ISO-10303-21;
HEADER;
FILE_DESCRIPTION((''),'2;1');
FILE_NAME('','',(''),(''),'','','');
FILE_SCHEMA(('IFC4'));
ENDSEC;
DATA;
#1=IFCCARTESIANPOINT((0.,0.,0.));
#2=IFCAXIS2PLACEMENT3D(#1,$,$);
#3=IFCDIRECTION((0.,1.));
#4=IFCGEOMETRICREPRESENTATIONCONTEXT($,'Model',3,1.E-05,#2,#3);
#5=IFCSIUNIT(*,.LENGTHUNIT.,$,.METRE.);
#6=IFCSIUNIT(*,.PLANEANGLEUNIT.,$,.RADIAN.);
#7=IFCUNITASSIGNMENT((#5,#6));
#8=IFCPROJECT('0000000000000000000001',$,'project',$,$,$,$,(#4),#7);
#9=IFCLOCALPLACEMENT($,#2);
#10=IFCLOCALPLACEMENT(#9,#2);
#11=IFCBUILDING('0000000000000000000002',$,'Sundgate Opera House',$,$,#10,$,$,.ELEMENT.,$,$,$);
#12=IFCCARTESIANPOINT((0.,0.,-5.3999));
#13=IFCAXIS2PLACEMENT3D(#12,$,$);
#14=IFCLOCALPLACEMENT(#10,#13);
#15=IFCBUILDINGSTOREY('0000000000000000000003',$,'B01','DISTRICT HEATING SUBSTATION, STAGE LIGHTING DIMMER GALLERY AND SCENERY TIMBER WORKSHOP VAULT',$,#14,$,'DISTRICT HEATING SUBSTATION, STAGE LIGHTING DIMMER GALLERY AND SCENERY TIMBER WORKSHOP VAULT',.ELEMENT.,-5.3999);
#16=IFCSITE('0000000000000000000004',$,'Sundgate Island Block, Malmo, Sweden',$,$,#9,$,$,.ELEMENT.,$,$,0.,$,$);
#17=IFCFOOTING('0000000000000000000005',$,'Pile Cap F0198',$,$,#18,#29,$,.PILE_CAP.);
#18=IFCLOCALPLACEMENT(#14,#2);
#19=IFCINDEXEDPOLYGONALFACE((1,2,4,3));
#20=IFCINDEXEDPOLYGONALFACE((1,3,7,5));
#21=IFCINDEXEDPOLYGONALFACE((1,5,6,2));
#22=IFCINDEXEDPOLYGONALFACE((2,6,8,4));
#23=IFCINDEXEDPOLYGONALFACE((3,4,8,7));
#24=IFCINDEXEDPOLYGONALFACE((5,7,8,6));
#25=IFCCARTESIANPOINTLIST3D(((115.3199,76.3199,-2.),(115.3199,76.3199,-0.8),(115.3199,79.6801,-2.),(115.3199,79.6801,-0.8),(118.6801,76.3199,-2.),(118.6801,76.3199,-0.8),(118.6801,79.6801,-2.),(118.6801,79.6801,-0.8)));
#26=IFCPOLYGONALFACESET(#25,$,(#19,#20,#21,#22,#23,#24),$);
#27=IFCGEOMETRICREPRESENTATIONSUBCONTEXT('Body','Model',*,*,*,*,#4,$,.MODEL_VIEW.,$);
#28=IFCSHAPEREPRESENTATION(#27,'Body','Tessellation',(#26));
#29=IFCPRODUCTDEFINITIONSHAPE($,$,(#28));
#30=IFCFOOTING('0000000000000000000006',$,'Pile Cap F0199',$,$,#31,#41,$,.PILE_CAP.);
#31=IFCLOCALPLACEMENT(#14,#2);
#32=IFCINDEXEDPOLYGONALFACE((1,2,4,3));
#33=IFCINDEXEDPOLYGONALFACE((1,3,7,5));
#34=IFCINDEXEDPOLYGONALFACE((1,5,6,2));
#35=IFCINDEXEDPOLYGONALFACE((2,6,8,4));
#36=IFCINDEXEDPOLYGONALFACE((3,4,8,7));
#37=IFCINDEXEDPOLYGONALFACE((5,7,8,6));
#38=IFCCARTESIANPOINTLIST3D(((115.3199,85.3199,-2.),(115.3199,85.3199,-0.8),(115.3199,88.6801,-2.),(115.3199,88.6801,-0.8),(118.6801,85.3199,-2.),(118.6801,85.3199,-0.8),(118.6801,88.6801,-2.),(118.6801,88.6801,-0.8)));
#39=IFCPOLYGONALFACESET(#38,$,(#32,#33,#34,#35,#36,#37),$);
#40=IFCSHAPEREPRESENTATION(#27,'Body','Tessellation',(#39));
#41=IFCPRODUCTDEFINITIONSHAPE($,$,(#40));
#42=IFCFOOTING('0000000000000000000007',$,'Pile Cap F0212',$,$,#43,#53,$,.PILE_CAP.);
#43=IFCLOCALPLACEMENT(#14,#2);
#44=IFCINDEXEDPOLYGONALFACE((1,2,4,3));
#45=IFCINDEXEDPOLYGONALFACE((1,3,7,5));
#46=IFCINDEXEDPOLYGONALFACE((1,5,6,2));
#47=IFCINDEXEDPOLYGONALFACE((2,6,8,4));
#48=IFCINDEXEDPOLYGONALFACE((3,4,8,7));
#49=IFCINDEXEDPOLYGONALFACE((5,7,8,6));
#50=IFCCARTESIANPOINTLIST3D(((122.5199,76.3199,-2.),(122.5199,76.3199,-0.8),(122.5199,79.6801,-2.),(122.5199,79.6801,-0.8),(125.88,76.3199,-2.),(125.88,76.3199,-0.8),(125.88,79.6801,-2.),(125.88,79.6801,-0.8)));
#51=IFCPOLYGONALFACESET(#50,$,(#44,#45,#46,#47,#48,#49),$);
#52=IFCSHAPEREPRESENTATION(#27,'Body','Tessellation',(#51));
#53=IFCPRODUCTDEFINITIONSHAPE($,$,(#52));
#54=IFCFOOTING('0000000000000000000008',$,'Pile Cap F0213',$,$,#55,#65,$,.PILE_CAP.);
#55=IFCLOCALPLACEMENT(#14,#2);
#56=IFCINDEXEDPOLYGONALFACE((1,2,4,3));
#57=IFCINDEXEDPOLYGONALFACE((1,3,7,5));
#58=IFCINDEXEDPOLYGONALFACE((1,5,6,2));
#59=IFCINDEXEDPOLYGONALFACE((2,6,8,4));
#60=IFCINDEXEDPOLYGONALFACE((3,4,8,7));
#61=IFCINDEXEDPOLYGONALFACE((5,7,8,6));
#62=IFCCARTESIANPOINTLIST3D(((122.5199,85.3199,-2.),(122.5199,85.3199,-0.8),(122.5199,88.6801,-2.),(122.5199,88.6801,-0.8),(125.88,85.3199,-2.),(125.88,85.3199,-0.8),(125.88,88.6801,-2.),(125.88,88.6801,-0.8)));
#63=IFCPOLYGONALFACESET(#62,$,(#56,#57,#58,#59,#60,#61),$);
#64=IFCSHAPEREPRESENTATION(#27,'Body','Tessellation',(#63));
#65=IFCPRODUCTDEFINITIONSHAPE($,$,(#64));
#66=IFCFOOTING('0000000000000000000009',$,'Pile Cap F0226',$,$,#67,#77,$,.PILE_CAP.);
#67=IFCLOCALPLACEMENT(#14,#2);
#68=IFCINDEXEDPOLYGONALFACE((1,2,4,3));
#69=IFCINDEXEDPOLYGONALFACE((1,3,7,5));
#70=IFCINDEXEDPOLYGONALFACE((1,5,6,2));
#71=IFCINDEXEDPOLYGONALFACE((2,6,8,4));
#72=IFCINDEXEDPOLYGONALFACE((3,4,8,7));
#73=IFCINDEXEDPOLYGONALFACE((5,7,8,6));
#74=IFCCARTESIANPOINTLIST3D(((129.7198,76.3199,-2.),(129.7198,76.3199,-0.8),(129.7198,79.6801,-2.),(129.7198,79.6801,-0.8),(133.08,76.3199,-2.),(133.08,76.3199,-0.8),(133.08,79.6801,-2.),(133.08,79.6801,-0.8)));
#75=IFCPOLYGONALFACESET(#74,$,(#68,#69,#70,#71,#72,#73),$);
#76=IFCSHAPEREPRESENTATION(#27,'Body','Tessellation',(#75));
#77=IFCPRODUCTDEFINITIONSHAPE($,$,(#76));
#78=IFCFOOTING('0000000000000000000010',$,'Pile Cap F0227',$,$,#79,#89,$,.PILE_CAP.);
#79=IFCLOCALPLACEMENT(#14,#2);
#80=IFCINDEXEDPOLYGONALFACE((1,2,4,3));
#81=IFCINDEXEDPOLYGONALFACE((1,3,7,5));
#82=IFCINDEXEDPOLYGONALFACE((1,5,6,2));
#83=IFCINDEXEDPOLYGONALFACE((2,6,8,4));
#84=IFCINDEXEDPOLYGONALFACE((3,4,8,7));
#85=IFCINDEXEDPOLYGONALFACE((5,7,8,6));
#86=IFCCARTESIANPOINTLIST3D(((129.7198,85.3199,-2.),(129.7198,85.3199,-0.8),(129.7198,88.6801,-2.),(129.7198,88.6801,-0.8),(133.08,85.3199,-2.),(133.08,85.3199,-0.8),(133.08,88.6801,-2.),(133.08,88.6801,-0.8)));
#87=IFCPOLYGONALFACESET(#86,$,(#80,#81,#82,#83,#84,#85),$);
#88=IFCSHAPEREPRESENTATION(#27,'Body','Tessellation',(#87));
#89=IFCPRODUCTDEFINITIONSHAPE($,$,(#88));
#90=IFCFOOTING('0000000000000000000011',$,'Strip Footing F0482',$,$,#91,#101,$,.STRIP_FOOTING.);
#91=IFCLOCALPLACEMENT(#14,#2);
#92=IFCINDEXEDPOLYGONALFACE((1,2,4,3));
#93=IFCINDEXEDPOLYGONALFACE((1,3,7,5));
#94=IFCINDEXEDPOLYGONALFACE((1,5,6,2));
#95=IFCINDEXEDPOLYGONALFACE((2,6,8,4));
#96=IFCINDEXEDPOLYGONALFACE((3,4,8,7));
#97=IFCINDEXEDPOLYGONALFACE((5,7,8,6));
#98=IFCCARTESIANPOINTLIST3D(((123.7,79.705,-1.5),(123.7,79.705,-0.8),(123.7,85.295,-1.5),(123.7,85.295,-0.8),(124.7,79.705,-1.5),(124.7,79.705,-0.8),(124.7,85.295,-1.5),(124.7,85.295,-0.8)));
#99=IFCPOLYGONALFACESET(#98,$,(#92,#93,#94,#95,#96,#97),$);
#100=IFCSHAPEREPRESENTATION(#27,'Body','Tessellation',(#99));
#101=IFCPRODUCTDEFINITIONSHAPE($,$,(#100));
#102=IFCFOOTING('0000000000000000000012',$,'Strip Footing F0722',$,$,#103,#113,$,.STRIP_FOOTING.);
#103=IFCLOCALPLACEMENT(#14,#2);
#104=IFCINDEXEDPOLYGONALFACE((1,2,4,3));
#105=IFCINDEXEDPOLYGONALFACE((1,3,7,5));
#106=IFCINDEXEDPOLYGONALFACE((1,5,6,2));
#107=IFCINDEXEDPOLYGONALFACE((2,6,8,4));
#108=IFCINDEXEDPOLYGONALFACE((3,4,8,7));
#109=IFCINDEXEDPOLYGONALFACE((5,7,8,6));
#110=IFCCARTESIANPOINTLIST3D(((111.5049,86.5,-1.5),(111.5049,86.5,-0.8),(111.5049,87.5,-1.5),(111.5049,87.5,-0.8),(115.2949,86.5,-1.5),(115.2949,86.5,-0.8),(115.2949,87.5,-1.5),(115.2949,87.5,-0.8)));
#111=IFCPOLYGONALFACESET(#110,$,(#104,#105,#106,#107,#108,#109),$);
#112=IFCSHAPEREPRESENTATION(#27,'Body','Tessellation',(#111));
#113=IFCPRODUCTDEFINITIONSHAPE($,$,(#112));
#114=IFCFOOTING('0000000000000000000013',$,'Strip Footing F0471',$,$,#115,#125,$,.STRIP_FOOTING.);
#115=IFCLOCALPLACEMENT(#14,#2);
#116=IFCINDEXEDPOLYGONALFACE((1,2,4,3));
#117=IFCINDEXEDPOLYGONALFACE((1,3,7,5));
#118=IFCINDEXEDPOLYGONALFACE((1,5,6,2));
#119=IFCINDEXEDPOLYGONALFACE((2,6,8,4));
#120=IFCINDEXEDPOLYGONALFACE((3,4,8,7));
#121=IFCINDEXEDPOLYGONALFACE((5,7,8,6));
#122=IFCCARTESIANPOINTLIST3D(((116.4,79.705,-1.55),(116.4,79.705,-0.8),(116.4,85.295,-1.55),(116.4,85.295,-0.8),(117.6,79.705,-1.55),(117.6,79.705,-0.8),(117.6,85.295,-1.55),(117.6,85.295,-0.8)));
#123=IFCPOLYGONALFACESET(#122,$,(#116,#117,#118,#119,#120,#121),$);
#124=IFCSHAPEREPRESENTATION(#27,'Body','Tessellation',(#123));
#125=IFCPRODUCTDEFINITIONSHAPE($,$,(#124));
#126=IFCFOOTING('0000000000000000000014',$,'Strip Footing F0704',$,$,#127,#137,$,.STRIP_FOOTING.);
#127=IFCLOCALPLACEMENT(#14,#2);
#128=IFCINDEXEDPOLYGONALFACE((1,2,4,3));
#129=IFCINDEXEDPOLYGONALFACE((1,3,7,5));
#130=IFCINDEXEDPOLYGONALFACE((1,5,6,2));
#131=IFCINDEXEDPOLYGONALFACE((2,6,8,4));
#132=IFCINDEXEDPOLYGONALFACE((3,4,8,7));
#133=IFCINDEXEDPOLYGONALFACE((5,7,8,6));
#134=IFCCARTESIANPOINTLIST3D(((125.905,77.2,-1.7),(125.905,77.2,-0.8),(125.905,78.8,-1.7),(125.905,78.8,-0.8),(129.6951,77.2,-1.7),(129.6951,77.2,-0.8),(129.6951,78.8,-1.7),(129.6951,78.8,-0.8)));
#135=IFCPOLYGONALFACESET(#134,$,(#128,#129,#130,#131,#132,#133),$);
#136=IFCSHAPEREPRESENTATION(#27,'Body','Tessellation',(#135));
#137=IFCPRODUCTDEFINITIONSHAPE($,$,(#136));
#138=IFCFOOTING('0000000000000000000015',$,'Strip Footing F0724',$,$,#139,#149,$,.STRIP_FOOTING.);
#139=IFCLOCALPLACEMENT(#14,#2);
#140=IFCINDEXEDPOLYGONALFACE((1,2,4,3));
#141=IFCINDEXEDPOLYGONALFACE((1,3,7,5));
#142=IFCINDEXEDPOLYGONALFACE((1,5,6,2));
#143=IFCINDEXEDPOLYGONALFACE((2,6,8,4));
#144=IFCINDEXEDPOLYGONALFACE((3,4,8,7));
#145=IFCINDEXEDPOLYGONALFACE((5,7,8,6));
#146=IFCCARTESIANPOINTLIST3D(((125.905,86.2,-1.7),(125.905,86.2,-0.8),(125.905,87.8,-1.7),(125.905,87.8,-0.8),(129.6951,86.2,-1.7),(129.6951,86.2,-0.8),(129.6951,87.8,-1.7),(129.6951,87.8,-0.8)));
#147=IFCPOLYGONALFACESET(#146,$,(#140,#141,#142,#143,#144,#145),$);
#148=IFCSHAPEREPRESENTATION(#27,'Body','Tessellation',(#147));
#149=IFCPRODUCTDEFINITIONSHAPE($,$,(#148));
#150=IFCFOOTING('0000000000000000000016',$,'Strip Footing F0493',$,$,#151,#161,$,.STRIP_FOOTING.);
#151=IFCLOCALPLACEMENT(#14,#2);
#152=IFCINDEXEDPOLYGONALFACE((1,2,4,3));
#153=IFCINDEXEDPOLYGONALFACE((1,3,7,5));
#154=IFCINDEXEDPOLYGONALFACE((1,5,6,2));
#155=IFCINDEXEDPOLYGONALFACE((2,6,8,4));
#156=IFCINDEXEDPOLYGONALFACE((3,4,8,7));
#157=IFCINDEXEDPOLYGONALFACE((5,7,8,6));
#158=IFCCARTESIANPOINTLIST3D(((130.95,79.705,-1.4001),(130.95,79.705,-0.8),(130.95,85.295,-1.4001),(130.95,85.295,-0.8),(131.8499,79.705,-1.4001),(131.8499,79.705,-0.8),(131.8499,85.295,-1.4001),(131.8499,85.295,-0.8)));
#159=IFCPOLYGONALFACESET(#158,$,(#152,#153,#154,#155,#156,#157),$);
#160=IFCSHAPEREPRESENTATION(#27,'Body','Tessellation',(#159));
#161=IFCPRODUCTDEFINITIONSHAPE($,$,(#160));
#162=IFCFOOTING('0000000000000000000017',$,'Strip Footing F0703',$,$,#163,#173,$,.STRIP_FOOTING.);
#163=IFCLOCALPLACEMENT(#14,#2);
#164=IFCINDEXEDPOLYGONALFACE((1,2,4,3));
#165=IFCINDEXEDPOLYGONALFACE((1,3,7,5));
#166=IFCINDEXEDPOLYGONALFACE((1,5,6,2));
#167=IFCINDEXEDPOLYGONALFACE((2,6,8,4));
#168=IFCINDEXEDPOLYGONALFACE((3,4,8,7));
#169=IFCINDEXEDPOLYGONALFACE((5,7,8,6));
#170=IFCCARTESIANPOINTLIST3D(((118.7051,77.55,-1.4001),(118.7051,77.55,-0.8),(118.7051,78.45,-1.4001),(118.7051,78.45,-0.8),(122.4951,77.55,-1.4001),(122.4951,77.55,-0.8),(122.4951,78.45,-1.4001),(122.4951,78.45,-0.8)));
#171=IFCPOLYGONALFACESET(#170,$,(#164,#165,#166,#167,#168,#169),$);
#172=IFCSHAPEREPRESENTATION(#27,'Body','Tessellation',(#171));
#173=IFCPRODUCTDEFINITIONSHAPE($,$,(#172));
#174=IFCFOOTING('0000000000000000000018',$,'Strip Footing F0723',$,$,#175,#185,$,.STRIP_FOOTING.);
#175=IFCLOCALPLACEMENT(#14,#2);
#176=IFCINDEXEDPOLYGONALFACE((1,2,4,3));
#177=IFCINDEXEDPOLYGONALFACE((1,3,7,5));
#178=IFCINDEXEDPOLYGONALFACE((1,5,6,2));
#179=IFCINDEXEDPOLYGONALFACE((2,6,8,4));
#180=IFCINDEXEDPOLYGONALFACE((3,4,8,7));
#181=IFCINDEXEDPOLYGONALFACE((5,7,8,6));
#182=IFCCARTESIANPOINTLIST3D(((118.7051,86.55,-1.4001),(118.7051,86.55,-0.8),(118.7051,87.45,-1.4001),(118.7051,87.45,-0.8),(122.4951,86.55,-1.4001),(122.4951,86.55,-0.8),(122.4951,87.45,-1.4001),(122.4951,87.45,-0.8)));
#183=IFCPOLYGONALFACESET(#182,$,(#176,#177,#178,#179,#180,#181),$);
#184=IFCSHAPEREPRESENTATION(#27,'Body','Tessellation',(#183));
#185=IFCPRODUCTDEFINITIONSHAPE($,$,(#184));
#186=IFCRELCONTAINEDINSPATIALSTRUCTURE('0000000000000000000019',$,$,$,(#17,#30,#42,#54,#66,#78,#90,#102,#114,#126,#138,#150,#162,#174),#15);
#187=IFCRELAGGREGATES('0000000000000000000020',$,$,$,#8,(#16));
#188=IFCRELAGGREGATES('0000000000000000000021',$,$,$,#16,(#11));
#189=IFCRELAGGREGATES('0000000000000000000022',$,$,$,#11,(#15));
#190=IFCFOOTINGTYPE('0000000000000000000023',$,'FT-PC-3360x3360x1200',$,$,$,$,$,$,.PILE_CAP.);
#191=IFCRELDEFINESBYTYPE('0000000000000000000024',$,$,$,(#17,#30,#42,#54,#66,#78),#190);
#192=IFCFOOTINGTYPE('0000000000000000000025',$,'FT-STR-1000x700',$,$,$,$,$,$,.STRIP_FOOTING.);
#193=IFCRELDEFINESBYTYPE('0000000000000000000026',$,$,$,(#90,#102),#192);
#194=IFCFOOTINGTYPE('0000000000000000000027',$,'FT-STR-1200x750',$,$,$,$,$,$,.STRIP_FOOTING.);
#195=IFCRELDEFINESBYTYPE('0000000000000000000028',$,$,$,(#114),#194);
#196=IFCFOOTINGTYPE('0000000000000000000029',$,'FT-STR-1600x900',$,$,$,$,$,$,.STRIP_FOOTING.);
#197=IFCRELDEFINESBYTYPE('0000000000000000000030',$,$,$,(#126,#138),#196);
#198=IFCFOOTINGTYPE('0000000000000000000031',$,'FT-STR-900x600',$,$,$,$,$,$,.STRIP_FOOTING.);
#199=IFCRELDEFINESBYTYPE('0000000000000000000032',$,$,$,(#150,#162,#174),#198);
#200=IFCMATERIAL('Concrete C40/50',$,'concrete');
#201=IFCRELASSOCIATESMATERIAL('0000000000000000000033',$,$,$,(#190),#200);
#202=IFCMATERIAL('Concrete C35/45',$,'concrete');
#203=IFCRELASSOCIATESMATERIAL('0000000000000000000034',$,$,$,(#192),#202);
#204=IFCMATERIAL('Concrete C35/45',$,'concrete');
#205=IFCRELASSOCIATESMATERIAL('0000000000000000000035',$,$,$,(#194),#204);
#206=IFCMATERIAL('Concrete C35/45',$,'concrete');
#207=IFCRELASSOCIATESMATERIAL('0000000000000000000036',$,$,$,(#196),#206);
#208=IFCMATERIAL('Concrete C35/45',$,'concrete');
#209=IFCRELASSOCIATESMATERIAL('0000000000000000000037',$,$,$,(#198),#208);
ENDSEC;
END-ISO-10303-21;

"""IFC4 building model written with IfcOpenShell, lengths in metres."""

from ifc_helpers import new_model, si_unit, direction, frame, origin, origin_2d, place, context, subcontext, project, spatial, rectangle, extrude, material, type_object, element, save


model = new_model("IFC4")

# Units and contexts
model_context = context("Model", 3, precision=1e-05, world=origin(), true_north=direction((0.0, 1.0)))
body_context = subcontext(model_context, "Body", "Model", "MODEL_VIEW")
ifc_project = project(units=[si_unit("LENGTHUNIT", "METRE"), si_unit("PLANEANGLEUNIT", "RADIAN")], contexts=[model_context])

# Site, building, storey
site_placement = place(None, origin())
site = spatial("IfcSite", under=ifc_project, at=site_placement, Name="Sundgate Island Block, Malmo, Sweden", CompositionType="ELEMENT", RefElevation=0.0)
building_placement = place(site_placement, origin())
building = spatial("IfcBuilding", under=site, at=building_placement, Name="Sundgate Opera House", CompositionType="ELEMENT")
storey_placement = place(building_placement, frame((0.0, 0.0, -5.3999)))
storey = spatial("IfcBuildingStorey", under=building, at=storey_placement, Name="B01", Description="DISTRICT HEATING SUBSTATION, STAGE LIGHTING DIMMER GALLERY AND SCENERY TIMBER WORKSHOP VAULT", LongName="DISTRICT HEATING SUBSTATION, STAGE LIGHTING DIMMER GALLERY AND SCENERY TIMBER WORKSHOP VAULT", CompositionType="ELEMENT", Elevation=-5.3999)

# Footings
ifc_material_1 = material(Name="Concrete C40/50", Category="concrete")
footing_type_1 = type_object("IfcFootingType", Name="FT-PC-3360x3360x1200", PredefinedType="PILE_CAP", material=ifc_material_1)
for number, where, z_axis, x_axis, name in (
    (1, (117.0, 78.0, -2.0), (0.0, 0.0, 1.0), (1.0, 0.0, 0.0), "Pile Cap F0198"),
    (2, (117.0, 87.0, -2.0), (0.0, 0.0, 1.0), (1.0, 0.0, 0.0), "Pile Cap F0199"),
    (3, (124.2, 78.0, -2.0), (0.0, 0.0, 1.0), (1.0, 0.0, 0.0), "Pile Cap F0212"),
    (4, (124.2, 87.0, -2.0), (0.0, 0.0, 1.0), (1.0, 0.0, 0.0), "Pile Cap F0213"),
    (5, (131.3999, 78.0, -2.0), (0.0, 0.0, 1.0), (1.0, 0.0, 0.0), "Pile Cap F0226"),
    (6, (131.3999, 87.0, -2.0), (0.0, 0.0, 1.0), (1.0, 0.0, 0.0), "Pile Cap F0227"),
):
    element("IfcFooting", number, at=place(storey_placement, frame(where, z_axis=z_axis, x_axis=x_axis)), inside=storey, type_object=footing_type_1, Name=name, PredefinedType="PILE_CAP", context=body_context, shape_type="SweptSolid", body=[
        extrude(rectangle(XDim=3.3601, YDim=3.3601, at=origin_2d()), origin(), (0.0, 0.0, 1.0), 1.2),
    ])
ifc_material_2 = material(Name="Concrete C35/45", Category="concrete")
footing_type_2 = type_object("IfcFootingType", Name="FT-STR-1000x700", PredefinedType="STRIP_FOOTING", material=ifc_material_2)
footing_1_placement = place(storey_placement, frame((124.2, 82.5, -1.5), z_axis=(0.0, 0.0, 1.0), x_axis=(1.0, 0.0, 0.0)))
element("IfcFooting", 7, at=footing_1_placement, inside=storey, type_object=footing_type_2, Name="Strip Footing F0482", PredefinedType="STRIP_FOOTING", context=body_context, shape_type="SweptSolid", body=[
    extrude(rectangle(XDim=1.0, YDim=5.5901, at=origin_2d()), origin(), (0.0, 0.0, 1.0), 0.7),
])
footing_2_placement = place(storey_placement, frame((113.3999, 87.0, -1.5), z_axis=(0.0, 0.0, 1.0), x_axis=(1.0, 0.0, 0.0)))
element("IfcFooting", 8, at=footing_2_placement, inside=storey, type_object=footing_type_2, Name="Strip Footing F0722", PredefinedType="STRIP_FOOTING", context=body_context, shape_type="SweptSolid", body=[
    extrude(rectangle(XDim=3.79, YDim=1.0, at=origin_2d()), origin(), (0.0, 0.0, 1.0), 0.7),
])
ifc_material_3 = material(Name="Concrete C35/45", Category="concrete")
footing_type_3 = type_object("IfcFootingType", Name="FT-STR-1200x750", PredefinedType="STRIP_FOOTING", material=ifc_material_3)
footing_3_placement = place(storey_placement, frame((117.0, 82.5, -1.55), z_axis=(0.0, 0.0, 1.0), x_axis=(1.0, 0.0, 0.0)))
element("IfcFooting", 9, at=footing_3_placement, inside=storey, type_object=footing_type_3, Name="Strip Footing F0471", PredefinedType="STRIP_FOOTING", context=body_context, shape_type="SweptSolid", body=[
    extrude(rectangle(XDim=1.2, YDim=5.5901, at=origin_2d()), origin(), (0.0, 0.0, 1.0), 0.75),
])
ifc_material_4 = material(Name="Concrete C35/45", Category="concrete")
footing_type_4 = type_object("IfcFootingType", Name="FT-STR-1600x900", PredefinedType="STRIP_FOOTING", material=ifc_material_4)
for number, where, z_axis, x_axis, name in (
    (10, (127.8, 78.0, -1.7), (0.0, 0.0, 1.0), (1.0, 0.0, 0.0), "Strip Footing F0704"),
    (11, (127.8, 87.0, -1.7), (0.0, 0.0, 1.0), (1.0, 0.0, 0.0), "Strip Footing F0724"),
):
    element("IfcFooting", number, at=place(storey_placement, frame(where, z_axis=z_axis, x_axis=x_axis)), inside=storey, type_object=footing_type_4, Name=name, PredefinedType="STRIP_FOOTING", context=body_context, shape_type="SweptSolid", body=[
        extrude(rectangle(XDim=3.79, YDim=1.6001, at=origin_2d()), origin(), (0.0, 0.0, 1.0), 0.8999),
    ])
ifc_material_5 = material(Name="Concrete C35/45", Category="concrete")
footing_type_5 = type_object("IfcFootingType", Name="FT-STR-900x600", PredefinedType="STRIP_FOOTING", material=ifc_material_5)
footing_4_placement = place(storey_placement, frame((131.3999, 82.5, -1.4001), z_axis=(0.0, 0.0, 1.0), x_axis=(1.0, 0.0, 0.0)))
element("IfcFooting", 12, at=footing_4_placement, inside=storey, type_object=footing_type_5, Name="Strip Footing F0493", PredefinedType="STRIP_FOOTING", context=body_context, shape_type="SweptSolid", body=[
    extrude(rectangle(XDim=0.8999, YDim=5.5901, at=origin_2d()), origin(), (0.0, 0.0, 1.0), 0.6001),
])
for number, where, z_axis, x_axis, name in (
    (13, (120.6001, 78.0, -1.4001), (0.0, 0.0, 1.0), (1.0, 0.0, 0.0), "Strip Footing F0703"),
    (14, (120.6001, 87.0, -1.4001), (0.0, 0.0, 1.0), (1.0, 0.0, 0.0), "Strip Footing F0723"),
):
    element("IfcFooting", number, at=place(storey_placement, frame(where, z_axis=z_axis, x_axis=x_axis)), inside=storey, type_object=footing_type_5, Name=name, PredefinedType="STRIP_FOOTING", context=body_context, shape_type="SweptSolid", body=[
        extrude(rectangle(XDim=3.79, YDim=0.8999, at=origin_2d()), origin(), (0.0, 0.0, 1.0), 0.6001),
    ])

save(model, "model.ifc")
